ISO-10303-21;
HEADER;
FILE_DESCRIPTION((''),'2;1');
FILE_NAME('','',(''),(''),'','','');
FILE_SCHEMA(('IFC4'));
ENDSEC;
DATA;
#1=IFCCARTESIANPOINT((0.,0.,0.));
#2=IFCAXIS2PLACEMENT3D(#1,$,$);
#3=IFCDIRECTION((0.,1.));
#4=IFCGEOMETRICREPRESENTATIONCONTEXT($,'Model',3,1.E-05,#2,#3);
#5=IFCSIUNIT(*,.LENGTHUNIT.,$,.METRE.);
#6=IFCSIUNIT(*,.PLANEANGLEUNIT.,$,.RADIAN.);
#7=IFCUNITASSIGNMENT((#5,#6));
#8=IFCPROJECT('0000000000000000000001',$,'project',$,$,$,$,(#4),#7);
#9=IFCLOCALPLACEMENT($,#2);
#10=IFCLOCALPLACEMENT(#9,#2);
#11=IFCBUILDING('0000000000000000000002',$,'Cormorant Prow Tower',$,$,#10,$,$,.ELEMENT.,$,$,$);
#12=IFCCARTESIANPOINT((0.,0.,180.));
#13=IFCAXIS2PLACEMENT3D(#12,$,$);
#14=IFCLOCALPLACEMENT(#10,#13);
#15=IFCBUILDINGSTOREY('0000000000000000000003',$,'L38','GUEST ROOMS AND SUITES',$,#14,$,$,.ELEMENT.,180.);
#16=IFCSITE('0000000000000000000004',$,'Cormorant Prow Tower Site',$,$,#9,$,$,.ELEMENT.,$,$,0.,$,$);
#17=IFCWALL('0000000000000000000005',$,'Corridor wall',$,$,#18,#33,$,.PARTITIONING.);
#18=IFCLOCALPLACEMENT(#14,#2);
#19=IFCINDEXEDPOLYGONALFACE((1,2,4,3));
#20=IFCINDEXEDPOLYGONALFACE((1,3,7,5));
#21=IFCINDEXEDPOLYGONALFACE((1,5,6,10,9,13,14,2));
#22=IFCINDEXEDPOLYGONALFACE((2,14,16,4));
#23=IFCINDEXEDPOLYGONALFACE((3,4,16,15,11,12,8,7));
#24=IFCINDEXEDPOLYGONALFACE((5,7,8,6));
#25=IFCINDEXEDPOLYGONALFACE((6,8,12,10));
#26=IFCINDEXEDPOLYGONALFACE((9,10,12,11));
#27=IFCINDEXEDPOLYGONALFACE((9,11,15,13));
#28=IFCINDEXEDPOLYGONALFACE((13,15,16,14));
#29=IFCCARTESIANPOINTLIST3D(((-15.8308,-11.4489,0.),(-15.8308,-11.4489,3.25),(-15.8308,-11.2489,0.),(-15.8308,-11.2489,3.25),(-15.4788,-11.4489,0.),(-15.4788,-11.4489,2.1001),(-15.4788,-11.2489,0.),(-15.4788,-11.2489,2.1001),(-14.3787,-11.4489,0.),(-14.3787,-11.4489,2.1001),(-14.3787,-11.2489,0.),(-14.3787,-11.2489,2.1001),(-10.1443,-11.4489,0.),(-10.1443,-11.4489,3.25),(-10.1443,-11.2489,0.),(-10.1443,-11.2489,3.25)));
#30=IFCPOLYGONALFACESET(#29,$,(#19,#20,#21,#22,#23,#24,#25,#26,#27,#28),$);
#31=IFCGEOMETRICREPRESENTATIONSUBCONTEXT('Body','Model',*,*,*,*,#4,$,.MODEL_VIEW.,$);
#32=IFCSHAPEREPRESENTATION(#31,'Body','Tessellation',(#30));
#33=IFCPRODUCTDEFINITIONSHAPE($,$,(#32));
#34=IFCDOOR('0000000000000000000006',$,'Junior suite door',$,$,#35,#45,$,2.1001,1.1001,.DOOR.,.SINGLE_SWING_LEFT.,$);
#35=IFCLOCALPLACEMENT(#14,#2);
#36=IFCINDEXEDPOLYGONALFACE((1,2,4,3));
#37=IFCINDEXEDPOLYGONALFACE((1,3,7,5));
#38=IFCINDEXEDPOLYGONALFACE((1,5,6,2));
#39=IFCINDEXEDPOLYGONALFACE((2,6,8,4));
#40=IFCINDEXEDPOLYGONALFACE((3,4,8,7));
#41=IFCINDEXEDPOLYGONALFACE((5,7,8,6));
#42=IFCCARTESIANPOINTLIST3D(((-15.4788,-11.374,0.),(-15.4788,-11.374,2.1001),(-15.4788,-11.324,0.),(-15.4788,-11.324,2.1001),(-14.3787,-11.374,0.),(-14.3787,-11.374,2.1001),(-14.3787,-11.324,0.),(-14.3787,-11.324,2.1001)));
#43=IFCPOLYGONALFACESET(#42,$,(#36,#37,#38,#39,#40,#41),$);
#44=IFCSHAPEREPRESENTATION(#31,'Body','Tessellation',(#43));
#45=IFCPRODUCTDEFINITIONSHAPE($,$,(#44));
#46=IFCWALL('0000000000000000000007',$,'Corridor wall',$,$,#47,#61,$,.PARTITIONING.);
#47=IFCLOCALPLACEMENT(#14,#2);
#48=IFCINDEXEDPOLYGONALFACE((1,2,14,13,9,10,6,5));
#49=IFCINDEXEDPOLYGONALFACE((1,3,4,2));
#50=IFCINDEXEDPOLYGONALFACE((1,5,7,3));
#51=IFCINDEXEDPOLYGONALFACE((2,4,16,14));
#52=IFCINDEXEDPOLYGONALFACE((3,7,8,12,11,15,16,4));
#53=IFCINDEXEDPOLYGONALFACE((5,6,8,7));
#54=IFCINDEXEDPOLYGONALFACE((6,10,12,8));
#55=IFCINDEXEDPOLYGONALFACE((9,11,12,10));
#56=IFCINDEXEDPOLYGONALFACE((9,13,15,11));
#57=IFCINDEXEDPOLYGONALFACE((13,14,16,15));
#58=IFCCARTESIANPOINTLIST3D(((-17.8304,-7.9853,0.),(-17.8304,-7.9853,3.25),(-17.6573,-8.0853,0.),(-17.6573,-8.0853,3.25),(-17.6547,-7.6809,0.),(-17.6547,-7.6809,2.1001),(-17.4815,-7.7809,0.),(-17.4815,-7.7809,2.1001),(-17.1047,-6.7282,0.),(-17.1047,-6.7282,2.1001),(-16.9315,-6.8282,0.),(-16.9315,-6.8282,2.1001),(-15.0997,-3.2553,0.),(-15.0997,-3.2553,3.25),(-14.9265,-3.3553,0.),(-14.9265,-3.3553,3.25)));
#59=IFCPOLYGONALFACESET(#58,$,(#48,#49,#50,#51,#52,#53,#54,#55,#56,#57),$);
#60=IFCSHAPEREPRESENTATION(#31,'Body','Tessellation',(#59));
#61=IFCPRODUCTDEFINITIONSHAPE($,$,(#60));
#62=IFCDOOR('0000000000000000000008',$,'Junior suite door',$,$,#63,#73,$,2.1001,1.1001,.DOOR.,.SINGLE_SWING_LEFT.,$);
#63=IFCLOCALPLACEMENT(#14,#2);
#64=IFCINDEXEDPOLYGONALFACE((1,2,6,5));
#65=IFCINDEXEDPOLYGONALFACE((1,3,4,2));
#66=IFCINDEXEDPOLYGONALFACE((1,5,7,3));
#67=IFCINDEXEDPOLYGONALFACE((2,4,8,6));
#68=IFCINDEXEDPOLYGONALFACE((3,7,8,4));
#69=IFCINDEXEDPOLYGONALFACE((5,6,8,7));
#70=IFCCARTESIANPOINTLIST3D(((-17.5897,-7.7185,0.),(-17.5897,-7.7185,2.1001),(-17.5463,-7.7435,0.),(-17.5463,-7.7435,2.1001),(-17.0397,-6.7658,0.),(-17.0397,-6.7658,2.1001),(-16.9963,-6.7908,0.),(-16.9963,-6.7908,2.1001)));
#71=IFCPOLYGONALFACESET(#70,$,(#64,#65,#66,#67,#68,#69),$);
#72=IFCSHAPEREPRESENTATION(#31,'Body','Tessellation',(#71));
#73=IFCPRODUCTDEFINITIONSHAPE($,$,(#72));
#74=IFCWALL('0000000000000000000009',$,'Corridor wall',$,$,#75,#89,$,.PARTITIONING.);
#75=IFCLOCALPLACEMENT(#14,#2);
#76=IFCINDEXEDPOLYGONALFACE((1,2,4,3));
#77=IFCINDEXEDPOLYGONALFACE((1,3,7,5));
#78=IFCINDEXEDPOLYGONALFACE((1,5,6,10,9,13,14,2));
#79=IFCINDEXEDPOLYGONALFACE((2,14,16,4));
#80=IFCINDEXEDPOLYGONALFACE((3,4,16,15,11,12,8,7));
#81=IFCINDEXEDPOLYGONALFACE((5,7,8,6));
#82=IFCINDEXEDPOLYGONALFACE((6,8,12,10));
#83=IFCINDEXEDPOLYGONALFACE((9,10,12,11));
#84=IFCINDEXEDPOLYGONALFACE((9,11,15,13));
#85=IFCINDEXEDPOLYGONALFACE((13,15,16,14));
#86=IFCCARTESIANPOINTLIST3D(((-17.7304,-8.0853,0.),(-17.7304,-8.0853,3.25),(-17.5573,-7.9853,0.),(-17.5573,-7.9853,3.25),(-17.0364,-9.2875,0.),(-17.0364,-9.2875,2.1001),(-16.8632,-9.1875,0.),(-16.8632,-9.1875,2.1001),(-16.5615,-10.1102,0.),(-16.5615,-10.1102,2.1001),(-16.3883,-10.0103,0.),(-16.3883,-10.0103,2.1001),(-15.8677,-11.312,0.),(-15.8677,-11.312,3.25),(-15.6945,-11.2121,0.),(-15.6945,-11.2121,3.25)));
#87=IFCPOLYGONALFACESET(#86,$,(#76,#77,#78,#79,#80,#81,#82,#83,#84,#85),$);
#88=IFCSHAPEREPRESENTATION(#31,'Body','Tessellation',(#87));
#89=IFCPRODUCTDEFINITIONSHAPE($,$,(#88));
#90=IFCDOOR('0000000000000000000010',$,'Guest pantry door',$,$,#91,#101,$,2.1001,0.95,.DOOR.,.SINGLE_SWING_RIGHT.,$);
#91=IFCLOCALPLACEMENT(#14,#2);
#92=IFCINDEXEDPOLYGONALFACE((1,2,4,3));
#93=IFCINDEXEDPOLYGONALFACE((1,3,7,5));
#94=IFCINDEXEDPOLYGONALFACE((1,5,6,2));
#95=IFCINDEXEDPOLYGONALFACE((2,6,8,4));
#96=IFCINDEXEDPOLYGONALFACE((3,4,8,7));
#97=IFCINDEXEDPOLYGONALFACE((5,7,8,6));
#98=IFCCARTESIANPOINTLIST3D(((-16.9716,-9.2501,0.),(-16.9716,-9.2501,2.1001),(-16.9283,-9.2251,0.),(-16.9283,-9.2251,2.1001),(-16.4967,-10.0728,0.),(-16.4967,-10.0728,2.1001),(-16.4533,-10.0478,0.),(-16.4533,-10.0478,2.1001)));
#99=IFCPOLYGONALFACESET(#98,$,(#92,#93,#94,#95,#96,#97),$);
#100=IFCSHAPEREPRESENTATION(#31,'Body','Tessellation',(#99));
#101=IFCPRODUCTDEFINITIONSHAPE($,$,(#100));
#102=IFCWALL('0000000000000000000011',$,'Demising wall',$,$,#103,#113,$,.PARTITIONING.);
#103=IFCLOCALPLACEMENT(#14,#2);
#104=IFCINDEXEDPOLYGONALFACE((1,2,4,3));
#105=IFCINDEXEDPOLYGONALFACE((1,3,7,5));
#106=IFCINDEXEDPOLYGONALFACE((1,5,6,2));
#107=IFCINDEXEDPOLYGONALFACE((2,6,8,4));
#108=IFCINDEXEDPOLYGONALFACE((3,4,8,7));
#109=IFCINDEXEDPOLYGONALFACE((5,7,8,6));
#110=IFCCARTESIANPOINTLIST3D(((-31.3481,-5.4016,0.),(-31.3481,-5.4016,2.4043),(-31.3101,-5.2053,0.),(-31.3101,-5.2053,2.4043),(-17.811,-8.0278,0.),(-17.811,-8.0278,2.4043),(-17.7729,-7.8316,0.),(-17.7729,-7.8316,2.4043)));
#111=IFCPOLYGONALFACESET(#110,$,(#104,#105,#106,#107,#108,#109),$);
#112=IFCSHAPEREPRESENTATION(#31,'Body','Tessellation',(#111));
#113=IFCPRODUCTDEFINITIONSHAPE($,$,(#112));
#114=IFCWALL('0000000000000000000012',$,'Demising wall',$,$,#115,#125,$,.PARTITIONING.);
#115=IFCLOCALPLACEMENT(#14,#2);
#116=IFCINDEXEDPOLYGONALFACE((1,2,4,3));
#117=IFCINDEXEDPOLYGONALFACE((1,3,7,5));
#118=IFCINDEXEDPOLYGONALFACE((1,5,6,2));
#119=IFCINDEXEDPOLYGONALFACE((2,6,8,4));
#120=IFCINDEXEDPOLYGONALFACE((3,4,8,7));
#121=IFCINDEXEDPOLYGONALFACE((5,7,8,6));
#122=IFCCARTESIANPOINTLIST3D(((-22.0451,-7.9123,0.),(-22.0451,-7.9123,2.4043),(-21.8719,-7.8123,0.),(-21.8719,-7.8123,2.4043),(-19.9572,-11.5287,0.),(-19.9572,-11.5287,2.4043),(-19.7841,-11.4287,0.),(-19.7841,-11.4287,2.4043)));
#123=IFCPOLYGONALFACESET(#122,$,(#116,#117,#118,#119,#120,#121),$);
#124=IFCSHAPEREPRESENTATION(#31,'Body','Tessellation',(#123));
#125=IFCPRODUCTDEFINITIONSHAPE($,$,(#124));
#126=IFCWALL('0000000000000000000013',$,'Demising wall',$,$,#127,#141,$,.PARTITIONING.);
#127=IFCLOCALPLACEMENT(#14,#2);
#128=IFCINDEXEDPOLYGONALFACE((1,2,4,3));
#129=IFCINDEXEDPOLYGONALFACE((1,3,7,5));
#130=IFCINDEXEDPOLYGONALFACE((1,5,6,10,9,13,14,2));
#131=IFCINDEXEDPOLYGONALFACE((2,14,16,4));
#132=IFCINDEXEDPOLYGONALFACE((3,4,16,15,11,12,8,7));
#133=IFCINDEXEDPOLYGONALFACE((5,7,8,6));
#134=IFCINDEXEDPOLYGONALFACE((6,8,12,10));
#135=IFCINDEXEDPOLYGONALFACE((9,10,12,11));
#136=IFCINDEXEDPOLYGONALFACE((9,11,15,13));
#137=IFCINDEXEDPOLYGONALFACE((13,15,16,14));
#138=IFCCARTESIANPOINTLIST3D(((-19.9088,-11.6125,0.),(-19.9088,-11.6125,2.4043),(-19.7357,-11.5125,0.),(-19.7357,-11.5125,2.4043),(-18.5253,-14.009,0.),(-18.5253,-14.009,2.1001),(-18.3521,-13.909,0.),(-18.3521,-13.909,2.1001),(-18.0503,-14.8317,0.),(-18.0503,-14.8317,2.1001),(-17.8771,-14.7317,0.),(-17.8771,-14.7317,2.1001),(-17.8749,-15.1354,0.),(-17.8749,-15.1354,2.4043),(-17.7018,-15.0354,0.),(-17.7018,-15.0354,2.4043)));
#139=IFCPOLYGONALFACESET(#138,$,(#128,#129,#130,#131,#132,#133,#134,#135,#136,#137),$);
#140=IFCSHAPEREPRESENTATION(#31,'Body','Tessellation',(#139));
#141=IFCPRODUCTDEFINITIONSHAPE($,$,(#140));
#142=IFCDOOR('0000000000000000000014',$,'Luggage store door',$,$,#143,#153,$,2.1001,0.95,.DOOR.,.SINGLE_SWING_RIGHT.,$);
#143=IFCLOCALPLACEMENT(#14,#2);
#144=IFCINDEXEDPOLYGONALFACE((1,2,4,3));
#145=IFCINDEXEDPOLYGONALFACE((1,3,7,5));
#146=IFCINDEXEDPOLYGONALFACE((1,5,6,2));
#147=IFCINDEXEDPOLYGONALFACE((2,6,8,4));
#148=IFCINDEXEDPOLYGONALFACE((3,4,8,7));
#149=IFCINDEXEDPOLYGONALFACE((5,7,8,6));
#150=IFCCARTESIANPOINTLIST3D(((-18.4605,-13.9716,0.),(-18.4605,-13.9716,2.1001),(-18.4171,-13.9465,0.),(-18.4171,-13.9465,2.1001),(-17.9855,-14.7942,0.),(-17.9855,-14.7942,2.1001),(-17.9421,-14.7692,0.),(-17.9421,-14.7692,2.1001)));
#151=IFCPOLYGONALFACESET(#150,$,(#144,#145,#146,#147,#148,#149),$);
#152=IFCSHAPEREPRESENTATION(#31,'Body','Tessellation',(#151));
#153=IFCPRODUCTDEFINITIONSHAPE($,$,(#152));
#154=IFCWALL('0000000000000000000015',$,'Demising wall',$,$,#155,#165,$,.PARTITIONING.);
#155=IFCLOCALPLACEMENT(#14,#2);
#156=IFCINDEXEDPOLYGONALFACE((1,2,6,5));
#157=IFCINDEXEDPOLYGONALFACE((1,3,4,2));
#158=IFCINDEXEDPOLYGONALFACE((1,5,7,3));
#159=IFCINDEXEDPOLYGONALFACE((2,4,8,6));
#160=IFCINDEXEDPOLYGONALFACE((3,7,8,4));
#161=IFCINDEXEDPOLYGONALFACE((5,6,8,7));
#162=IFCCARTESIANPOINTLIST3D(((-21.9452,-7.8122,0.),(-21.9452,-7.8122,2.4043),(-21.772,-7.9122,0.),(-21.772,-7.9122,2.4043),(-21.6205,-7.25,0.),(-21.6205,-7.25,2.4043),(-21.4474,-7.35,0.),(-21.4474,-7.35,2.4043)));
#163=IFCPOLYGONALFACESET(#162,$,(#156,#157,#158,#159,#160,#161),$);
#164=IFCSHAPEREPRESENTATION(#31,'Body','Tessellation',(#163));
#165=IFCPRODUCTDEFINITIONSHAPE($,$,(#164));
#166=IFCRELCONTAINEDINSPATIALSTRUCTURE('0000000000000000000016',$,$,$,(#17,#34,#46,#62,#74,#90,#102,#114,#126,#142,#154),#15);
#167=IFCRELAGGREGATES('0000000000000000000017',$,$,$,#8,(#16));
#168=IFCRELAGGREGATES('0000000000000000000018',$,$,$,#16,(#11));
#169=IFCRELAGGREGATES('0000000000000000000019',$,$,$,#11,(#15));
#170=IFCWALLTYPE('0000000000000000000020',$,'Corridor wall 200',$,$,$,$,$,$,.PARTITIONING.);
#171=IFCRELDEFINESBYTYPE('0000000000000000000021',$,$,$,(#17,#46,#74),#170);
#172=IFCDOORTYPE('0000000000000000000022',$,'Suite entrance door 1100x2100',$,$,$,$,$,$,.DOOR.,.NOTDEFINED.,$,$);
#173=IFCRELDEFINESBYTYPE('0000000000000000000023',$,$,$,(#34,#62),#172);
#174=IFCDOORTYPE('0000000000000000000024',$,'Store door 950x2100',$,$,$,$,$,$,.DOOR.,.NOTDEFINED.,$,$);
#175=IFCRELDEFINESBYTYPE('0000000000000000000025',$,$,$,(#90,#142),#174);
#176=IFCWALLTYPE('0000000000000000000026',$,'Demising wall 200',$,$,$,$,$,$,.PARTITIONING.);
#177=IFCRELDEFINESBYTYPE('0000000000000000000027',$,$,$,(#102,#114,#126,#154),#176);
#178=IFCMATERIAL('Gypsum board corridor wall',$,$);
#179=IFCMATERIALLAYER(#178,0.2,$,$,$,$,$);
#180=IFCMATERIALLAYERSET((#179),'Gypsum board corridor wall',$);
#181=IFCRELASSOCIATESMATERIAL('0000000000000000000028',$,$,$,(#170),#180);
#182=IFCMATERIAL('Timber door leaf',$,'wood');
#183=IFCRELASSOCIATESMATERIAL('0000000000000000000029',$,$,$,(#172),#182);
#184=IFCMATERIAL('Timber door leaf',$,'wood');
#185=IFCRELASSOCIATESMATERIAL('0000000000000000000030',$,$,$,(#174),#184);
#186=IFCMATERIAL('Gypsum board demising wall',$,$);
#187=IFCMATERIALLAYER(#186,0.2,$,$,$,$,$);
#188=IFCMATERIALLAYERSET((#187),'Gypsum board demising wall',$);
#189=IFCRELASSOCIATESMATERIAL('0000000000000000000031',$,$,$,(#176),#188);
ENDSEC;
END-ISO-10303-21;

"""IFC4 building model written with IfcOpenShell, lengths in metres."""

from ifc_helpers import new_model, si_unit, direction, frame, frame_2d, origin, place, context, subcontext, project, spatial, rectangle, extrude, material, layer, layer_set, type_object, element, fill, save


model = new_model("IFC4")

# Units and contexts
model_context = context("Model", 3, precision=1e-05, world=origin(), true_north=direction((0.0, 1.0)))
body_context = subcontext(model_context, "Body", "Model", "MODEL_VIEW")
ifc_project = project(units=[si_unit("LENGTHUNIT", "METRE"), si_unit("PLANEANGLEUNIT", "RADIAN")], contexts=[model_context])

# Site, building, storey
site_placement = place(None, origin())
site = spatial("IfcSite", under=ifc_project, at=site_placement, Name="Cormorant Prow Tower Site", CompositionType="ELEMENT", RefElevation=0.0)
building_placement = place(site_placement, origin())
building = spatial("IfcBuilding", under=site, at=building_placement, Name="Cormorant Prow Tower", CompositionType="ELEMENT")
storey_placement = place(building_placement, frame((0.0, 0.0, 180.0)))
storey = spatial("IfcBuildingStorey", under=building, at=storey_placement, Name="L38", Description="GUEST ROOMS AND SUITES", CompositionType="ELEMENT", Elevation=180.0)

# Walls, openings, doors
ifc_material_1 = material(Name="Gypsum board corridor wall")
ifc_layer_1 = layer(ifc_material_1, 0.2)
ifc_layer_set_1 = layer_set([ifc_layer_1], Name="Gypsum board corridor wall")
wall_type_1 = type_object("IfcWallType", Name="Corridor wall 200", PredefinedType="PARTITIONING", material=ifc_layer_set_1)
wall_1_placement = place(storey_placement, frame((-15.8308, -11.3489, 0.0), z_axis=(0.0, 0.0, 1.0), x_axis=(1.0, 0.0, 0.0)))
wall_1 = element("IfcWall", 1, at=wall_1_placement, inside=storey, type_object=wall_type_1, Name="Corridor wall", PredefinedType="PARTITIONING", context=body_context, shape_type="SweptSolid", body=[
    extrude(rectangle(XDim=5.6865, YDim=0.2, at=frame_2d((2.8433, 0.0))), origin(), (0.0, 0.0, 1.0), 3.25),
])
opening_1_placement = place(wall_1_placement, frame((0.3521, 0.0, 0.0)))
opening_1 = element("IfcOpeningElement", 2, at=opening_1_placement, cuts=wall_1, PredefinedType="OPENING", context=body_context, shape_type="SweptSolid", body=[
    extrude(rectangle(XDim=1.1001, YDim=2.1001, at=frame_2d((0.55, 1.05))), frame((0.0, 0.1099, 0.0), z_axis=(0.0, -1.0, 0.0), x_axis=(1.0, 0.0, 0.0)), (0.0, 0.0, 1.0), 0.22),
])
ifc_material_2 = material(Name="Timber door leaf", Category="wood")
door_type_1 = type_object("IfcDoorType", Name="Suite entrance door 1100x2100", OperationType="NOTDEFINED", PredefinedType="DOOR", material=ifc_material_2)
door_1_placement = place(opening_1_placement, origin())
door_1 = element("IfcDoor", 3, at=door_1_placement, inside=storey, type_object=door_type_1, Name="Junior suite door", OperationType="SINGLE_SWING_LEFT", OverallHeight=2.1001, OverallWidth=1.1001, PredefinedType="DOOR", context=body_context, shape_type="SweptSolid", body=[
    extrude(rectangle(XDim=1.1001, YDim=2.1001, at=frame_2d((0.55, 1.05))), frame((0.0, 0.0249, 0.0), z_axis=(0.0, -1.0, 0.0), x_axis=(1.0, 0.0, 0.0)), (0.0, 0.0, 1.0), 0.05),
])
fill(opening_1, door_1)
wall_2_placement = place(storey_placement, frame((-17.7439, -8.0354, 0.0), z_axis=(0.0, 0.0, 1.0), x_axis=(0.49998, 0.866037, 0.0)))
wall_2 = element("IfcWall", 4, at=wall_2_placement, inside=storey, type_object=wall_type_1, Name="Corridor wall", PredefinedType="PARTITIONING", context=body_context, shape_type="SweptSolid", body=[
    extrude(rectangle(XDim=5.4617, YDim=0.2, at=frame_2d((2.731, 0.0))), origin(), (0.0, 0.0, 1.0), 3.25),
])
opening_2_placement = place(wall_2_placement, frame((0.3516, 0.0, 0.0)))
opening_2 = element("IfcOpeningElement", 5, at=opening_2_placement, cuts=wall_2, PredefinedType="OPENING", context=body_context, shape_type="SweptSolid", body=[
    extrude(rectangle(XDim=1.1001, YDim=2.1001, at=frame_2d((0.55, 1.05))), frame((0.0, 0.1099, 0.0), z_axis=(0.0, -1.0, 0.0), x_axis=(1.0, 0.0, 0.0)), (0.0, 0.0, 1.0), 0.22),
])
door_2_placement = place(opening_2_placement, origin())
door_2 = element("IfcDoor", 6, at=door_2_placement, inside=storey, type_object=door_type_1, Name="Junior suite door", OperationType="SINGLE_SWING_LEFT", OverallHeight=2.1001, OverallWidth=1.1001, PredefinedType="DOOR", context=body_context, shape_type="SweptSolid", body=[
    extrude(rectangle(XDim=1.1001, YDim=2.1001, at=frame_2d((0.55, 1.05))), frame((0.0, 0.0249, 0.0), z_axis=(0.0, -1.0, 0.0), x_axis=(1.0, 0.0, 0.0)), (0.0, 0.0, 1.0), 0.05),
])
fill(opening_2, door_2)
wall_3_placement = place(storey_placement, frame((-17.6438, -8.0354, 0.0), z_axis=(0.0, 0.0, 1.0), x_axis=(0.499959, -0.866049, 0.0)))
wall_3 = element("IfcWall", 7, at=wall_3_placement, inside=storey, type_object=wall_type_1, Name="Corridor wall", PredefinedType="PARTITIONING", context=body_context, shape_type="SweptSolid", body=[
    extrude(rectangle(XDim=3.7258, YDim=0.2, at=frame_2d((1.8628, 0.0))), origin(), (0.0, 0.0, 1.0), 3.25),
])
opening_3_placement = place(wall_3_placement, frame((1.3879, 0.0, 0.0)))
opening_3 = element("IfcOpeningElement", 8, at=opening_3_placement, cuts=wall_3, PredefinedType="OPENING", context=body_context, shape_type="SweptSolid", body=[
    extrude(rectangle(XDim=0.95, YDim=2.1001, at=frame_2d((0.4751, 1.05))), frame((0.0, 0.1099, 0.0), z_axis=(0.0, -1.0, 0.0), x_axis=(1.0, 0.0, 0.0)), (0.0, 0.0, 1.0), 0.22),
])
ifc_material_3 = material(Name="Timber door leaf", Category="wood")
door_type_2 = type_object("IfcDoorType", Name="Store door 950x2100", OperationType="NOTDEFINED", PredefinedType="DOOR", material=ifc_material_3)
door_3_placement = place(opening_3_placement, origin())
door_3 = element("IfcDoor", 9, at=door_3_placement, inside=storey, type_object=door_type_2, Name="Guest pantry door", OperationType="SINGLE_SWING_RIGHT", OverallHeight=2.1001, OverallWidth=0.95, PredefinedType="DOOR", context=body_context, shape_type="SweptSolid", body=[
    extrude(rectangle(XDim=0.95, YDim=2.1001, at=frame_2d((0.4751, 1.05))), frame((0.0, 0.0249, 0.0), z_axis=(0.0, -1.0, 0.0), x_axis=(1.0, 0.0, 0.0)), (0.0, 0.0, 1.0), 0.05),
])
fill(opening_3, door_3)

# Walls
ifc_material_4 = material(Name="Gypsum board demising wall")
ifc_layer_2 = layer(ifc_material_4, 0.2)
ifc_layer_set_2 = layer_set([ifc_layer_2], Name="Gypsum board demising wall")
wall_type_2 = type_object("IfcWallType", Name="Demising wall 200", PredefinedType="PARTITIONING", material=ifc_layer_set_2)
wall_4_placement = place(storey_placement, frame((-31.3291, -5.3035, 0.0), z_axis=(0.0, 0.0, 1.0), x_axis=(0.981697, -0.190451, 0.0)))
element("IfcWall", 10, at=wall_4_placement, inside=storey, type_object=wall_type_2, Name="Demising wall", PredefinedType="PARTITIONING", context=body_context, shape_type="SweptSolid", body=[
    extrude(rectangle(XDim=13.7896, YDim=0.2, at=frame_2d((6.8948, 0.0))), origin(), (0.0, 0.0, 1.0), 2.4043),
])
wall_5_placement = place(storey_placement, frame((-21.9585, -7.8623, 0.0), z_axis=(0.0, 0.0, 1.0), x_axis=(0.499987, -0.866033, 0.0)))
element("IfcWall", 11, at=wall_5_placement, inside=storey, type_object=wall_type_2, Name="Demising wall", PredefinedType="PARTITIONING", context=body_context, shape_type="SweptSolid", body=[
    extrude(rectangle(XDim=4.1758, YDim=0.2, at=frame_2d((2.0879, 0.0))), origin(), (0.0, 0.0, 1.0), 2.4043),
])

# Wall, opening, door
wall_6_placement = place(storey_placement, frame((-19.8223, -11.5625, 0.0), z_axis=(0.0, 0.0, 1.0), x_axis=(0.499993, -0.86603, 0.0)))
wall_6 = element("IfcWall", 12, at=wall_6_placement, inside=storey, type_object=wall_type_2, Name="Demising wall", PredefinedType="PARTITIONING", context=body_context, shape_type="SweptSolid", body=[
    extrude(rectangle(XDim=4.0679, YDim=0.2, at=frame_2d((2.0339, 0.0))), origin(), (0.0, 0.0, 1.0), 2.4043),
])
opening_4_placement = place(wall_6_placement, frame((2.7671, 0.0, 0.0)))
opening_4 = element("IfcOpeningElement", 13, at=opening_4_placement, cuts=wall_6, PredefinedType="OPENING", context=body_context, shape_type="SweptSolid", body=[
    extrude(rectangle(XDim=0.95, YDim=2.1001, at=frame_2d((0.4751, 1.05))), frame((0.0, 0.1099, 0.0), z_axis=(0.0, -1.0, 0.0), x_axis=(1.0, 0.0, 0.0)), (0.0, 0.0, 1.0), 0.22),
])
door_4_placement = place(opening_4_placement, origin())
door_4 = element("IfcDoor", 14, at=door_4_placement, inside=storey, type_object=door_type_2, Name="Luggage store door", OperationType="SINGLE_SWING_RIGHT", OverallHeight=2.1001, OverallWidth=0.95, PredefinedType="DOOR", context=body_context, shape_type="SweptSolid", body=[
    extrude(rectangle(XDim=0.95, YDim=2.1001, at=frame_2d((0.4751, 1.05))), frame((0.0, 0.0249, 0.0), z_axis=(0.0, -1.0, 0.0), x_axis=(1.0, 0.0, 0.0)), (0.0, 0.0, 1.0), 0.05),
])
fill(opening_4, door_4)

# Wall
wall_7_placement = place(storey_placement, frame((-21.8586, -7.8623, 0.0), z_axis=(0.0, 0.0, 1.0), x_axis=(0.500102, 0.865966, 0.0)))
element("IfcWall", 15, at=wall_7_placement, inside=storey, type_object=wall_type_2, Name="Demising wall", PredefinedType="PARTITIONING", context=body_context, shape_type="SweptSolid", body=[
    extrude(rectangle(XDim=0.6492, YDim=0.2, at=frame_2d((0.3247, 0.0))), origin(), (0.0, 0.0, 1.0), 2.4043),
])

save(model, "model.ifc")
